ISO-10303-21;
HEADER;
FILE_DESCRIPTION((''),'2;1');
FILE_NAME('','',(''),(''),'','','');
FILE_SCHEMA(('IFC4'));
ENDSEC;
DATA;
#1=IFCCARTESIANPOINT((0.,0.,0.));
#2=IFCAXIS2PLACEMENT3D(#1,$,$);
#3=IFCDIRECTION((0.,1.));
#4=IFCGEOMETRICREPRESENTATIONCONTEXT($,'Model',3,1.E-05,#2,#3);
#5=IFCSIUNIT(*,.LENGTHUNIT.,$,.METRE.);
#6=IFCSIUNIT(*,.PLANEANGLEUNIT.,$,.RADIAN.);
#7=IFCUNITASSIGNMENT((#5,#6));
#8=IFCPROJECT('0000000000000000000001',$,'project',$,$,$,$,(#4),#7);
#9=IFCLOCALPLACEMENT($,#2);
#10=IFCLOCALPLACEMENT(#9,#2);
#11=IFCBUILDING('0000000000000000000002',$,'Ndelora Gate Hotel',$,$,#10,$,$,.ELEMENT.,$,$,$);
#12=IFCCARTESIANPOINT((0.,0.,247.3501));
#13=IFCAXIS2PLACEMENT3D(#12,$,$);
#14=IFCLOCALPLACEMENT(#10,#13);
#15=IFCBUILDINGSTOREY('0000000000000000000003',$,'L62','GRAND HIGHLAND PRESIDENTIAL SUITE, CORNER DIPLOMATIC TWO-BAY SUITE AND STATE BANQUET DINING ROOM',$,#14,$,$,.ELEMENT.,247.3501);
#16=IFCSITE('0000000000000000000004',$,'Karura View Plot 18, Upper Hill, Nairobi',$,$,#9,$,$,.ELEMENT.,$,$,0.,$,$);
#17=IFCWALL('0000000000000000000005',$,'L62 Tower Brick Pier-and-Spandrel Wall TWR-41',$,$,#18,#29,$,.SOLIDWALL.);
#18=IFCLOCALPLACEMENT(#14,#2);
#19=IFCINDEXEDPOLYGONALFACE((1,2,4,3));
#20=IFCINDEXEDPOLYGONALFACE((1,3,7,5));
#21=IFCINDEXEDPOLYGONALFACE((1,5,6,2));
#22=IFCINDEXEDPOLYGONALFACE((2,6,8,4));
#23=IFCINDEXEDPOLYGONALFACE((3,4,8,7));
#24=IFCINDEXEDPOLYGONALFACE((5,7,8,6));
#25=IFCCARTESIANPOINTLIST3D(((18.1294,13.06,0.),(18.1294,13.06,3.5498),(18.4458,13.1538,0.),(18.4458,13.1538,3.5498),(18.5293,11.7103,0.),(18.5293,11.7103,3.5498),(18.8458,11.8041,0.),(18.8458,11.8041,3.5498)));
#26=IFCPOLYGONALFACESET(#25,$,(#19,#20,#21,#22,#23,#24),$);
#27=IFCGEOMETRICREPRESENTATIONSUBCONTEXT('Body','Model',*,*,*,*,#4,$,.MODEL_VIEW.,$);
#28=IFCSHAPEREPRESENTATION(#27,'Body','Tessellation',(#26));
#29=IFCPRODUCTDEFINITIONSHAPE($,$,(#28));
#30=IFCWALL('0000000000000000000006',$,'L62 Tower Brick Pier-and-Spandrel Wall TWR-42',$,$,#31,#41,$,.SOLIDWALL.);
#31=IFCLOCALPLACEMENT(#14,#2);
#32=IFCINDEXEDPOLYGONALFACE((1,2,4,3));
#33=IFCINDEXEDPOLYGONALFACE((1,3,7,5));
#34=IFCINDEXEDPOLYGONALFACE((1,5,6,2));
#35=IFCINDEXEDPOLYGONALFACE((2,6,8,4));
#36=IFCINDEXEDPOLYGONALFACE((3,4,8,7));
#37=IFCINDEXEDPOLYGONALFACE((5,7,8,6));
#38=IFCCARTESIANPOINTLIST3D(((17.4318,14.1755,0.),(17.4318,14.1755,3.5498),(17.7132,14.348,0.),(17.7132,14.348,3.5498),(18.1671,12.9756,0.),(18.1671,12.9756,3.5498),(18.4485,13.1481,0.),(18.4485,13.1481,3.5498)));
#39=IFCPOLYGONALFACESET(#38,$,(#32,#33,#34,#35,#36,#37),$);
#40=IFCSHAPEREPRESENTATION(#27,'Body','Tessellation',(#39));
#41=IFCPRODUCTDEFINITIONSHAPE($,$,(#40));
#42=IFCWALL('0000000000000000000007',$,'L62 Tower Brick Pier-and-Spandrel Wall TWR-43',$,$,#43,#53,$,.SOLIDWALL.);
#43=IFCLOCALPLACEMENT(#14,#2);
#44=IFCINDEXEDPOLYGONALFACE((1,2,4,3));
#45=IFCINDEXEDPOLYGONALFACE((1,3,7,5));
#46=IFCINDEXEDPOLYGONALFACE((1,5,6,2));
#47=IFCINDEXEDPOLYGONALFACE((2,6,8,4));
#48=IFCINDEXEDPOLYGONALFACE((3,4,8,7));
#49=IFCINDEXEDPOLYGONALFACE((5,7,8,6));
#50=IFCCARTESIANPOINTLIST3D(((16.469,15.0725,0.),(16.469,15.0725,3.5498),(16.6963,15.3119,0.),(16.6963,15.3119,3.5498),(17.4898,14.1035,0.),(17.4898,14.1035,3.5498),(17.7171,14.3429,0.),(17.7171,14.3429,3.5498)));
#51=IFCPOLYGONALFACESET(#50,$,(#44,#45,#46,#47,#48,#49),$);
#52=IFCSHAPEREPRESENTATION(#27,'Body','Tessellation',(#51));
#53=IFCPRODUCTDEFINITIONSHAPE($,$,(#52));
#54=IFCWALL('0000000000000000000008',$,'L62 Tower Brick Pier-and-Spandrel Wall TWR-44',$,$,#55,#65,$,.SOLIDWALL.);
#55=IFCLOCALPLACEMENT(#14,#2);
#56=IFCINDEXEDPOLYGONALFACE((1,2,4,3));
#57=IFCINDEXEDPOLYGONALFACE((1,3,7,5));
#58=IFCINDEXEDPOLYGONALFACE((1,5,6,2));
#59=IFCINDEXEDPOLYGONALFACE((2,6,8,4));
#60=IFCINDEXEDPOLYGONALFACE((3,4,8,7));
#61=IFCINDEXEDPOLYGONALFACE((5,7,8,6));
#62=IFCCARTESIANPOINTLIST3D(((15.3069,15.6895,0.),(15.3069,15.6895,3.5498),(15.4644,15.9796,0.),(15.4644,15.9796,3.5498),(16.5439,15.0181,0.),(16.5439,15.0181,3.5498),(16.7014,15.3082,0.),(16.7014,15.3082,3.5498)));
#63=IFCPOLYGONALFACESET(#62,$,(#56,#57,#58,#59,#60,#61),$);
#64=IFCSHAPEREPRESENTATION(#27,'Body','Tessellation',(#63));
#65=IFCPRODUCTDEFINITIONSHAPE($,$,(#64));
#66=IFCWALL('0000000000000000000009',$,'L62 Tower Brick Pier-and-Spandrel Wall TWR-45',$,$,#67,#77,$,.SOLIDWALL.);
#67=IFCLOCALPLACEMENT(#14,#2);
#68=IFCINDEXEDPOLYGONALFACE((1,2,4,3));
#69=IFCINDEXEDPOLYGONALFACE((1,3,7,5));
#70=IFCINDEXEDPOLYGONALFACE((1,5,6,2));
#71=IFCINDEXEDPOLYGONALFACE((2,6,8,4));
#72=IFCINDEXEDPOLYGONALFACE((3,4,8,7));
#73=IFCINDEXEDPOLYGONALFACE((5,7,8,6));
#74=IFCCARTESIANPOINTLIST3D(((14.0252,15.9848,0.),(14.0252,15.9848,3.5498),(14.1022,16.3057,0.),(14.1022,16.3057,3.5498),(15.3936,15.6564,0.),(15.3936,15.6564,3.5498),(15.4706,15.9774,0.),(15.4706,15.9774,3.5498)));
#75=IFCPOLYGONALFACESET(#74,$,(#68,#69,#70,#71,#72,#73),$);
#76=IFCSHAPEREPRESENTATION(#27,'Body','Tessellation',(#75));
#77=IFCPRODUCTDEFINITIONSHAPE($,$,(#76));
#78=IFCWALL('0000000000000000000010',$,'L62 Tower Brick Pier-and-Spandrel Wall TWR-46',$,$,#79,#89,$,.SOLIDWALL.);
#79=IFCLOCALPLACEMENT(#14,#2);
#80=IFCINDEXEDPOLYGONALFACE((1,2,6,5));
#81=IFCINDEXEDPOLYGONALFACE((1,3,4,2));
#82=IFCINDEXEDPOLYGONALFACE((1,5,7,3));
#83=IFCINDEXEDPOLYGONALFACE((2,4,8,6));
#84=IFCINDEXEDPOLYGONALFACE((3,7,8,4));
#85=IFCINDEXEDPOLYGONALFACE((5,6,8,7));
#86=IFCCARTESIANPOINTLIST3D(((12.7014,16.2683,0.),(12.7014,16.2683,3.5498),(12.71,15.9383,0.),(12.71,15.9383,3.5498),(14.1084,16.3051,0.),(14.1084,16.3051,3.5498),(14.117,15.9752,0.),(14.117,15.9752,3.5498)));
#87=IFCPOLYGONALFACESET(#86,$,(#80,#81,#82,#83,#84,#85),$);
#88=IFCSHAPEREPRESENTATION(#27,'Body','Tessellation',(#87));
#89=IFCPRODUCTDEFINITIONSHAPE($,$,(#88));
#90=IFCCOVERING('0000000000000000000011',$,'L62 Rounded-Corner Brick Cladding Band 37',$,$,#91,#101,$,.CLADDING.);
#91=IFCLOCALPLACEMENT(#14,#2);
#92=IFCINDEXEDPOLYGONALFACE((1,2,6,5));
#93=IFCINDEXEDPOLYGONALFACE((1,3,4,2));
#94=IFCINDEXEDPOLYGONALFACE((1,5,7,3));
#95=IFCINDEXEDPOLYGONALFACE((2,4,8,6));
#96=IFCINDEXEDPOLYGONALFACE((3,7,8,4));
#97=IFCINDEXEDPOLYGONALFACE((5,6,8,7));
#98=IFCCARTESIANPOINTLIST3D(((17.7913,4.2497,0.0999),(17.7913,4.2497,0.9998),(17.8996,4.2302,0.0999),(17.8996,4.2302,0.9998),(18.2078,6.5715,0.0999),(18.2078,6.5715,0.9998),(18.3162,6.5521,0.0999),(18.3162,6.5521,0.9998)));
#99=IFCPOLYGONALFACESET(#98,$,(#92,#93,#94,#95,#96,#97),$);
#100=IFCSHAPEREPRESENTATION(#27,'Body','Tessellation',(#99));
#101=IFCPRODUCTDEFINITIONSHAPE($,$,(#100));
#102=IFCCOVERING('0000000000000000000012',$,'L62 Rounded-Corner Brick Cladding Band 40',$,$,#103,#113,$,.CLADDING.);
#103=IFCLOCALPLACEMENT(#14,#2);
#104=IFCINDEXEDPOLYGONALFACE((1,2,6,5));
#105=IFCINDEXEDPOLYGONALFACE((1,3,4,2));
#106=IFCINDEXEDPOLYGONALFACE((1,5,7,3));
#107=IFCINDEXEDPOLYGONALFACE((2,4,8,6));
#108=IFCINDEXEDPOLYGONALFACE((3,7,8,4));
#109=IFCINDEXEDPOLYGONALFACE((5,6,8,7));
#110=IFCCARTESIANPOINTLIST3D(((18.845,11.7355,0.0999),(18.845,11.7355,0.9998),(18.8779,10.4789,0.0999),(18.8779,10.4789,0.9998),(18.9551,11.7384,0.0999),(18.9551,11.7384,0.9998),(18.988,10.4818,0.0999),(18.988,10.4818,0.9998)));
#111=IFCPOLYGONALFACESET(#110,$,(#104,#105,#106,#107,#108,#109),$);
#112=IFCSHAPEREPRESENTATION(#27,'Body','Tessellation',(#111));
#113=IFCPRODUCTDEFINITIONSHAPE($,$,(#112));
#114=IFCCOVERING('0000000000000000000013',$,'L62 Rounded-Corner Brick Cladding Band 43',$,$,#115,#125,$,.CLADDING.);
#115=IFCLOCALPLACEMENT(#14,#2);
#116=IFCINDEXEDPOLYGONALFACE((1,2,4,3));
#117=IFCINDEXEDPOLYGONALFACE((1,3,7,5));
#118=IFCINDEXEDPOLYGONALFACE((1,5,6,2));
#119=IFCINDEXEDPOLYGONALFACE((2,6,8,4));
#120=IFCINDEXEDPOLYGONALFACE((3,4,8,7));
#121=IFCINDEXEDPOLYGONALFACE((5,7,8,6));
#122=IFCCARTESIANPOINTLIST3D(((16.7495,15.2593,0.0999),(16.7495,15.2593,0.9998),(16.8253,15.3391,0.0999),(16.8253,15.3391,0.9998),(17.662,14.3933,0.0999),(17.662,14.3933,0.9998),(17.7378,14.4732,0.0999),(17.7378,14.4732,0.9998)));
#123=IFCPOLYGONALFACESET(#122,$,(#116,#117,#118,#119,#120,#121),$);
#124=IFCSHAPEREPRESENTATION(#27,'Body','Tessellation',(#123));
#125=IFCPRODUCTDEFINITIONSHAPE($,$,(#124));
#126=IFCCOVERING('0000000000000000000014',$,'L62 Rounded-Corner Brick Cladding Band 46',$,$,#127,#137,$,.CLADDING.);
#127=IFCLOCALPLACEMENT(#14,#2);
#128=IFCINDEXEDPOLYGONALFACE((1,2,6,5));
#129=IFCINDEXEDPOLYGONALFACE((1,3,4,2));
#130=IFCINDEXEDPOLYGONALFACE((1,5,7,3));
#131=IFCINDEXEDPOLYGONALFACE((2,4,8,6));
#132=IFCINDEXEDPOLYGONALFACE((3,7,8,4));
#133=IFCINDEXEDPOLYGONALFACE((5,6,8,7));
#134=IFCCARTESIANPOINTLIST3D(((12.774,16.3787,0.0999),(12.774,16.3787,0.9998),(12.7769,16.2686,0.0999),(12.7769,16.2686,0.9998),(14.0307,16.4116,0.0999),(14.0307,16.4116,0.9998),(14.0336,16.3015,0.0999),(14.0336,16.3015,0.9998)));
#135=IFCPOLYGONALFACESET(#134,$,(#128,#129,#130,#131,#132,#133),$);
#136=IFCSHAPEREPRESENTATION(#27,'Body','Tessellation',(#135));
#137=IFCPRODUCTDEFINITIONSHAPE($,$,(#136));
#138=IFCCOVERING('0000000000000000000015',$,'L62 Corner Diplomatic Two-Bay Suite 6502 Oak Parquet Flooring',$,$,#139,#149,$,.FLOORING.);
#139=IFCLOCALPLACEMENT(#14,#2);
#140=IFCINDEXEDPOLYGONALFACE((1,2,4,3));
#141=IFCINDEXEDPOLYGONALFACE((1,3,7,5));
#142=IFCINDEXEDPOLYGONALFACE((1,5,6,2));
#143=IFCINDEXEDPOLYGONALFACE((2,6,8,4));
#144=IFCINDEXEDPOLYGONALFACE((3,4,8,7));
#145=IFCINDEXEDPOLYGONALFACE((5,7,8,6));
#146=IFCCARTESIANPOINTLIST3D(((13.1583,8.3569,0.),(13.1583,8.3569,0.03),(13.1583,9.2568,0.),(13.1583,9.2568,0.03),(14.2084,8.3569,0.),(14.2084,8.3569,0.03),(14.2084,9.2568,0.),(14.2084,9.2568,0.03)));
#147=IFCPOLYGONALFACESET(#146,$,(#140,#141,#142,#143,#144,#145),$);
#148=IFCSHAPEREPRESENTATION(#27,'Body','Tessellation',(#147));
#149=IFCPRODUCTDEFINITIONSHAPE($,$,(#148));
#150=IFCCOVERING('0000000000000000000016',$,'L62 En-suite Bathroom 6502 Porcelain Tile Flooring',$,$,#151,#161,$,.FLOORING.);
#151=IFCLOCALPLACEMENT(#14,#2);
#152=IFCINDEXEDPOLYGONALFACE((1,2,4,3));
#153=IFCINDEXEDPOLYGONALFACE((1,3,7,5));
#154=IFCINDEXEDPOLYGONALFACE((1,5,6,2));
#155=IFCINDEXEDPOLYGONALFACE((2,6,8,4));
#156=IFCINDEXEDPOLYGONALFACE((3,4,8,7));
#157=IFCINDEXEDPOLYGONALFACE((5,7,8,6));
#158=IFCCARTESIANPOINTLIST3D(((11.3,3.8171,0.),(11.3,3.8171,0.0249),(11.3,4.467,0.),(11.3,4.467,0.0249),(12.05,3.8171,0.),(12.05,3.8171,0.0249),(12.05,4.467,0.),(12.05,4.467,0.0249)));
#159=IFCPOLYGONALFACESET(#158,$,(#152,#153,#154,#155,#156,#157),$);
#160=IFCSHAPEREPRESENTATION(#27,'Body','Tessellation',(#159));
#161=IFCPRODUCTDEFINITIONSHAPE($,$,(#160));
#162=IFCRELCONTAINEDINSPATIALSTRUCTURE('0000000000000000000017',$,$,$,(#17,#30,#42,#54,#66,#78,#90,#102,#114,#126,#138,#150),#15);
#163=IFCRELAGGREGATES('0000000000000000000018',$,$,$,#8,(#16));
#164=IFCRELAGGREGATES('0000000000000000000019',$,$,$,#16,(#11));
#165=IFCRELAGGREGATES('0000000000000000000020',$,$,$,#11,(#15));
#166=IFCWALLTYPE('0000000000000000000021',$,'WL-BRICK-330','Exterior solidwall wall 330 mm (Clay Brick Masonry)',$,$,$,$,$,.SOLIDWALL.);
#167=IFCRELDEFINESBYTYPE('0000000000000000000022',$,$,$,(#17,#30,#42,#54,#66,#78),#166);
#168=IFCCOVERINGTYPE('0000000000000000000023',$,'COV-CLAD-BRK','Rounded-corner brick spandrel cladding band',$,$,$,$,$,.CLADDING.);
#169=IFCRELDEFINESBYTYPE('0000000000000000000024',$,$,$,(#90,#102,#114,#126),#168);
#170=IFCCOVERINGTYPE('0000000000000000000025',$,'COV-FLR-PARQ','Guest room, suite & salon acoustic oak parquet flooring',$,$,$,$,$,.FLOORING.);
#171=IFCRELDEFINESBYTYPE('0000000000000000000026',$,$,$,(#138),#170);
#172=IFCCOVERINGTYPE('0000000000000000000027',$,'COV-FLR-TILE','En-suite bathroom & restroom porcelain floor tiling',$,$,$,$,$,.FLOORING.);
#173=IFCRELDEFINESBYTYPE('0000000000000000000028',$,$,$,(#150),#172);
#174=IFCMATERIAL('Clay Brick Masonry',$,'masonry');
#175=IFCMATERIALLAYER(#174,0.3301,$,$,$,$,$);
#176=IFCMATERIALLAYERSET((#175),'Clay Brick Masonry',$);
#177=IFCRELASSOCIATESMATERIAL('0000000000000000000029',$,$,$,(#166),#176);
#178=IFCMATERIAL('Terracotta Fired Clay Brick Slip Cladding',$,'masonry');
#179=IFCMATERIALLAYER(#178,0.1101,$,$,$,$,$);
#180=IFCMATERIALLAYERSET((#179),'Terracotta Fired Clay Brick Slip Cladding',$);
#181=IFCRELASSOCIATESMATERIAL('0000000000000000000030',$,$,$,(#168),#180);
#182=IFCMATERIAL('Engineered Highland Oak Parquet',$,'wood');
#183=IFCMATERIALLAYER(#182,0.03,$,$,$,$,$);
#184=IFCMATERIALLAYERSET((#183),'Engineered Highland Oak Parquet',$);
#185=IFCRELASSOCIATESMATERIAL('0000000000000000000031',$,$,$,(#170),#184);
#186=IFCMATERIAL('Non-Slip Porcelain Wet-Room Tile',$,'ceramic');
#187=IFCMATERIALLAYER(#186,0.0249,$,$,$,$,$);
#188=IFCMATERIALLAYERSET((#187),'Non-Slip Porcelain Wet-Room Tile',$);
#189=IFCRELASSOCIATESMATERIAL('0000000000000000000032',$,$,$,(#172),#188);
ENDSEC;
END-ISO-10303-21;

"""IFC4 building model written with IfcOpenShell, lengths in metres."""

from ifc_helpers import new_model, si_unit, direction, frame, frame_2d, origin, origin_2d, place, context, subcontext, project, spatial, rectangle, extrude, material, layer, layer_set, type_object, element, save


model = new_model("IFC4")

# Units and contexts
model_context = context("Model", 3, precision=1e-05, world=origin(), true_north=direction((0.0, 1.0)))
body_context = subcontext(model_context, "Body", "Model", "MODEL_VIEW")
ifc_project = project(units=[si_unit("LENGTHUNIT", "METRE"), si_unit("PLANEANGLEUNIT", "RADIAN")], contexts=[model_context])

# Site, building, storey
site_placement = place(None, origin())
site = spatial("IfcSite", under=ifc_project, at=site_placement, Name="Karura View Plot 18, Upper Hill, Nairobi", CompositionType="ELEMENT", RefElevation=0.0)
building_placement = place(site_placement, origin())
building = spatial("IfcBuilding", under=site, at=building_placement, Name="Ndelora Gate Hotel", CompositionType="ELEMENT")
storey_placement = place(building_placement, frame((0.0, 0.0, 247.3501)))
storey = spatial("IfcBuildingStorey", under=building, at=storey_placement, Name="L62", Description="GRAND HIGHLAND PRESIDENTIAL SUITE, CORNER DIPLOMATIC TWO-BAY SUITE AND STATE BANQUET DINING ROOM", CompositionType="ELEMENT", Elevation=247.3501)

# Shared definitions
ifc_material_1 = material(Name="Clay Brick Masonry", Category="masonry")
ifc_layer_1 = layer(ifc_material_1, 0.3301)
ifc_layer_set_1 = layer_set([ifc_layer_1], Name="Clay Brick Masonry")
wall_type = type_object("IfcWallType", Name="WL-BRICK-330", Description="Exterior solidwall wall 330 mm (Clay Brick Masonry)", PredefinedType="SOLIDWALL", material=ifc_layer_set_1)

# Walls
wall_1_placement = place(storey_placement, frame((18.2876, 13.1069, 0.0), z_axis=(0.0, 0.0, 1.0), x_axis=(0.2841, -0.958795, 0.0)))
element("IfcWall", 1, at=wall_1_placement, inside=storey, type_object=wall_type, Name="L62 Tower Brick Pier-and-Spandrel Wall TWR-41", PredefinedType="SOLIDWALL", context=body_context, shape_type="SweptSolid", body=[
    extrude(rectangle(XDim=1.4077, YDim=0.3301, at=frame_2d((0.7039, 0.0))), origin(), (0.0, 0.0, 1.0), 3.5498),
])
wall_2_placement = place(storey_placement, frame((17.5725, 14.2617, 0.0), z_axis=(0.0, 0.0, 1.0), x_axis=(0.522509, -0.852634, 0.0)))
element("IfcWall", 2, at=wall_2_placement, inside=storey, type_object=wall_type, Name="L62 Tower Brick Pier-and-Spandrel Wall TWR-42", PredefinedType="SOLIDWALL", context=body_context, shape_type="SweptSolid", body=[
    extrude(rectangle(XDim=1.4072, YDim=0.3301, at=frame_2d((0.7036, 0.0))), origin(), (0.0, 0.0, 1.0), 3.5498),
])
for number, where, z_axis, x_axis, name in (
    (3, (16.5828, 15.1921, 0.0), (0.0, 0.0, 1.0), (0.725255, -0.68848, 0.0), "L62 Tower Brick Pier-and-Spandrel Wall TWR-43"),
    (4, (15.3857, 15.8345, 0.0), (0.0, 0.0, 1.0), (0.878901, -0.477004, 0.0), "L62 Tower Brick Pier-and-Spandrel Wall TWR-44"),
):
    element("IfcWall", number, at=place(storey_placement, frame(where, z_axis=z_axis, x_axis=x_axis)), inside=storey, type_object=wall_type, Name=name, PredefinedType="SOLIDWALL", context=body_context, shape_type="SweptSolid", body=[
        extrude(rectangle(XDim=1.4075, YDim=0.3301, at=frame_2d((0.7036, 0.0))), origin(), (0.0, 0.0, 1.0), 3.5498),
    ])
wall_3_placement = place(storey_placement, frame((14.0637, 16.1453, 0.0), z_axis=(0.0, 0.0, 1.0), x_axis=(0.972395, -0.23334, 0.0)))
element("IfcWall", 5, at=wall_3_placement, inside=storey, type_object=wall_type, Name="L62 Tower Brick Pier-and-Spandrel Wall TWR-45", PredefinedType="SOLIDWALL", context=body_context, shape_type="SweptSolid", body=[
    extrude(rectangle(XDim=1.4072, YDim=0.3301, at=frame_2d((0.7036, 0.0))), origin(), (0.0, 0.0, 1.0), 3.5498),
])
wall_4_placement = place(storey_placement, frame((12.7058, 16.1033, 0.0), z_axis=(0.0, 0.0, 1.0), x_axis=(0.999657, 0.026193, 0.0)))
element("IfcWall", 6, at=wall_4_placement, inside=storey, type_object=wall_type, Name="L62 Tower Brick Pier-and-Spandrel Wall TWR-46", PredefinedType="SOLIDWALL", context=body_context, shape_type="SweptSolid", body=[
    extrude(rectangle(XDim=1.4075, YDim=0.3301, at=frame_2d((0.7036, 0.0))), origin(), (0.0, 0.0, 1.0), 3.5498),
])

# Coverings
ifc_material_2 = material(Name="Terracotta Fired Clay Brick Slip Cladding", Category="masonry")
ifc_layer_2 = layer(ifc_material_2, 0.1101)
ifc_layer_set_2 = layer_set([ifc_layer_2], Name="Terracotta Fired Clay Brick Slip Cladding")
covering_type_1 = type_object("IfcCoveringType", Name="COV-CLAD-BRK", Description="Rounded-corner brick spandrel cladding band", PredefinedType="CLADDING", material=ifc_layer_set_2)
covering_1_placement = place(storey_placement, frame((18.0537, 5.4009, 0.0999), z_axis=(0.0, 0.0, 1.0), x_axis=(0.176569, 0.984288, 0.0)))
element("IfcCovering", 7, at=covering_1_placement, inside=storey, type_object=covering_type_1, Name="L62 Rounded-Corner Brick Cladding Band 37", PredefinedType="CLADDING", context=body_context, shape_type="SweptSolid", body=[
    extrude(rectangle(XDim=2.3589, YDim=0.1101, at=origin_2d()), origin(), (0.0, 0.0, 1.0), 0.8999),
])
covering_2_placement = place(storey_placement, frame((18.9165, 11.1086, 0.0999), z_axis=(0.0, 0.0, 1.0), x_axis=(-0.026177, 0.999657, 0.0)))
element("IfcCovering", 8, at=covering_2_placement, inside=storey, type_object=covering_type_1, Name="L62 Rounded-Corner Brick Cladding Band 40", PredefinedType="CLADDING", context=body_context, shape_type="SweptSolid", body=[
    extrude(rectangle(XDim=1.2571, YDim=0.1101, at=origin_2d()), origin(), (0.0, 0.0, 1.0), 0.8999),
])
covering_3_placement = place(storey_placement, frame((17.2437, 14.8662, 0.0999), z_axis=(0.0, 0.0, 1.0), x_axis=(-0.725374, 0.688355, 0.0)))
element("IfcCovering", 9, at=covering_3_placement, inside=storey, type_object=covering_type_1, Name="L62 Rounded-Corner Brick Cladding Band 43", PredefinedType="CLADDING", context=body_context, shape_type="SweptSolid", body=[
    extrude(rectangle(XDim=1.2581, YDim=0.1101, at=origin_2d()), origin(), (0.0, 0.0, 1.0), 0.8999),
])
covering_4_placement = place(storey_placement, frame((13.4038, 16.3401, 0.0999), z_axis=(0.0, 0.0, 1.0), x_axis=(0.999657, 0.026177, 0.0)))
element("IfcCovering", 10, at=covering_4_placement, inside=storey, type_object=covering_type_1, Name="L62 Rounded-Corner Brick Cladding Band 46", PredefinedType="CLADDING", context=body_context, shape_type="SweptSolid", body=[
    extrude(rectangle(XDim=1.2571, YDim=0.1101, at=origin_2d()), origin(), (0.0, 0.0, 1.0), 0.8999),
])
ifc_material_3 = material(Name="Engineered Highland Oak Parquet", Category="wood")
ifc_layer_3 = layer(ifc_material_3, 0.03)
ifc_layer_set_3 = layer_set([ifc_layer_3], Name="Engineered Highland Oak Parquet")
covering_type_2 = type_object("IfcCoveringType", Name="COV-FLR-PARQ", Description="Guest room, suite & salon acoustic oak parquet flooring", PredefinedType="FLOORING", material=ifc_layer_set_3)
covering_5_placement = place(storey_placement, frame((13.6833, 8.8069, 0.0), z_axis=(0.0, 0.0, 1.0), x_axis=(1.0, 0.0, 0.0)))
element("IfcCovering", 11, at=covering_5_placement, inside=storey, type_object=covering_type_2, Name="L62 Corner Diplomatic Two-Bay Suite 6502 Oak Parquet Flooring", PredefinedType="FLOORING", context=body_context, shape_type="SweptSolid", body=[
    extrude(rectangle(XDim=1.05, YDim=0.8999, at=origin_2d()), origin(), (0.0, 0.0, 1.0), 0.03),
])
ifc_material_4 = material(Name="Non-Slip Porcelain Wet-Room Tile", Category="ceramic")
ifc_layer_4 = layer(ifc_material_4, 0.0249)
ifc_layer_set_4 = layer_set([ifc_layer_4], Name="Non-Slip Porcelain Wet-Room Tile")
covering_type_3 = type_object("IfcCoveringType", Name="COV-FLR-TILE", Description="En-suite bathroom & restroom porcelain floor tiling", PredefinedType="FLOORING", material=ifc_layer_set_4)
covering_6_placement = place(storey_placement, frame((11.675, 4.1421, 0.0), z_axis=(0.0, 0.0, 1.0), x_axis=(1.0, 0.0, 0.0)))
element("IfcCovering", 12, at=covering_6_placement, inside=storey, type_object=covering_type_3, Name="L62 En-suite Bathroom 6502 Porcelain Tile Flooring", PredefinedType="FLOORING", context=body_context, shape_type="SweptSolid", body=[
    extrude(rectangle(XDim=0.75, YDim=0.6499, at=origin_2d()), origin(), (0.0, 0.0, 1.0), 0.0249),
])

save(model, "model.ifc")
